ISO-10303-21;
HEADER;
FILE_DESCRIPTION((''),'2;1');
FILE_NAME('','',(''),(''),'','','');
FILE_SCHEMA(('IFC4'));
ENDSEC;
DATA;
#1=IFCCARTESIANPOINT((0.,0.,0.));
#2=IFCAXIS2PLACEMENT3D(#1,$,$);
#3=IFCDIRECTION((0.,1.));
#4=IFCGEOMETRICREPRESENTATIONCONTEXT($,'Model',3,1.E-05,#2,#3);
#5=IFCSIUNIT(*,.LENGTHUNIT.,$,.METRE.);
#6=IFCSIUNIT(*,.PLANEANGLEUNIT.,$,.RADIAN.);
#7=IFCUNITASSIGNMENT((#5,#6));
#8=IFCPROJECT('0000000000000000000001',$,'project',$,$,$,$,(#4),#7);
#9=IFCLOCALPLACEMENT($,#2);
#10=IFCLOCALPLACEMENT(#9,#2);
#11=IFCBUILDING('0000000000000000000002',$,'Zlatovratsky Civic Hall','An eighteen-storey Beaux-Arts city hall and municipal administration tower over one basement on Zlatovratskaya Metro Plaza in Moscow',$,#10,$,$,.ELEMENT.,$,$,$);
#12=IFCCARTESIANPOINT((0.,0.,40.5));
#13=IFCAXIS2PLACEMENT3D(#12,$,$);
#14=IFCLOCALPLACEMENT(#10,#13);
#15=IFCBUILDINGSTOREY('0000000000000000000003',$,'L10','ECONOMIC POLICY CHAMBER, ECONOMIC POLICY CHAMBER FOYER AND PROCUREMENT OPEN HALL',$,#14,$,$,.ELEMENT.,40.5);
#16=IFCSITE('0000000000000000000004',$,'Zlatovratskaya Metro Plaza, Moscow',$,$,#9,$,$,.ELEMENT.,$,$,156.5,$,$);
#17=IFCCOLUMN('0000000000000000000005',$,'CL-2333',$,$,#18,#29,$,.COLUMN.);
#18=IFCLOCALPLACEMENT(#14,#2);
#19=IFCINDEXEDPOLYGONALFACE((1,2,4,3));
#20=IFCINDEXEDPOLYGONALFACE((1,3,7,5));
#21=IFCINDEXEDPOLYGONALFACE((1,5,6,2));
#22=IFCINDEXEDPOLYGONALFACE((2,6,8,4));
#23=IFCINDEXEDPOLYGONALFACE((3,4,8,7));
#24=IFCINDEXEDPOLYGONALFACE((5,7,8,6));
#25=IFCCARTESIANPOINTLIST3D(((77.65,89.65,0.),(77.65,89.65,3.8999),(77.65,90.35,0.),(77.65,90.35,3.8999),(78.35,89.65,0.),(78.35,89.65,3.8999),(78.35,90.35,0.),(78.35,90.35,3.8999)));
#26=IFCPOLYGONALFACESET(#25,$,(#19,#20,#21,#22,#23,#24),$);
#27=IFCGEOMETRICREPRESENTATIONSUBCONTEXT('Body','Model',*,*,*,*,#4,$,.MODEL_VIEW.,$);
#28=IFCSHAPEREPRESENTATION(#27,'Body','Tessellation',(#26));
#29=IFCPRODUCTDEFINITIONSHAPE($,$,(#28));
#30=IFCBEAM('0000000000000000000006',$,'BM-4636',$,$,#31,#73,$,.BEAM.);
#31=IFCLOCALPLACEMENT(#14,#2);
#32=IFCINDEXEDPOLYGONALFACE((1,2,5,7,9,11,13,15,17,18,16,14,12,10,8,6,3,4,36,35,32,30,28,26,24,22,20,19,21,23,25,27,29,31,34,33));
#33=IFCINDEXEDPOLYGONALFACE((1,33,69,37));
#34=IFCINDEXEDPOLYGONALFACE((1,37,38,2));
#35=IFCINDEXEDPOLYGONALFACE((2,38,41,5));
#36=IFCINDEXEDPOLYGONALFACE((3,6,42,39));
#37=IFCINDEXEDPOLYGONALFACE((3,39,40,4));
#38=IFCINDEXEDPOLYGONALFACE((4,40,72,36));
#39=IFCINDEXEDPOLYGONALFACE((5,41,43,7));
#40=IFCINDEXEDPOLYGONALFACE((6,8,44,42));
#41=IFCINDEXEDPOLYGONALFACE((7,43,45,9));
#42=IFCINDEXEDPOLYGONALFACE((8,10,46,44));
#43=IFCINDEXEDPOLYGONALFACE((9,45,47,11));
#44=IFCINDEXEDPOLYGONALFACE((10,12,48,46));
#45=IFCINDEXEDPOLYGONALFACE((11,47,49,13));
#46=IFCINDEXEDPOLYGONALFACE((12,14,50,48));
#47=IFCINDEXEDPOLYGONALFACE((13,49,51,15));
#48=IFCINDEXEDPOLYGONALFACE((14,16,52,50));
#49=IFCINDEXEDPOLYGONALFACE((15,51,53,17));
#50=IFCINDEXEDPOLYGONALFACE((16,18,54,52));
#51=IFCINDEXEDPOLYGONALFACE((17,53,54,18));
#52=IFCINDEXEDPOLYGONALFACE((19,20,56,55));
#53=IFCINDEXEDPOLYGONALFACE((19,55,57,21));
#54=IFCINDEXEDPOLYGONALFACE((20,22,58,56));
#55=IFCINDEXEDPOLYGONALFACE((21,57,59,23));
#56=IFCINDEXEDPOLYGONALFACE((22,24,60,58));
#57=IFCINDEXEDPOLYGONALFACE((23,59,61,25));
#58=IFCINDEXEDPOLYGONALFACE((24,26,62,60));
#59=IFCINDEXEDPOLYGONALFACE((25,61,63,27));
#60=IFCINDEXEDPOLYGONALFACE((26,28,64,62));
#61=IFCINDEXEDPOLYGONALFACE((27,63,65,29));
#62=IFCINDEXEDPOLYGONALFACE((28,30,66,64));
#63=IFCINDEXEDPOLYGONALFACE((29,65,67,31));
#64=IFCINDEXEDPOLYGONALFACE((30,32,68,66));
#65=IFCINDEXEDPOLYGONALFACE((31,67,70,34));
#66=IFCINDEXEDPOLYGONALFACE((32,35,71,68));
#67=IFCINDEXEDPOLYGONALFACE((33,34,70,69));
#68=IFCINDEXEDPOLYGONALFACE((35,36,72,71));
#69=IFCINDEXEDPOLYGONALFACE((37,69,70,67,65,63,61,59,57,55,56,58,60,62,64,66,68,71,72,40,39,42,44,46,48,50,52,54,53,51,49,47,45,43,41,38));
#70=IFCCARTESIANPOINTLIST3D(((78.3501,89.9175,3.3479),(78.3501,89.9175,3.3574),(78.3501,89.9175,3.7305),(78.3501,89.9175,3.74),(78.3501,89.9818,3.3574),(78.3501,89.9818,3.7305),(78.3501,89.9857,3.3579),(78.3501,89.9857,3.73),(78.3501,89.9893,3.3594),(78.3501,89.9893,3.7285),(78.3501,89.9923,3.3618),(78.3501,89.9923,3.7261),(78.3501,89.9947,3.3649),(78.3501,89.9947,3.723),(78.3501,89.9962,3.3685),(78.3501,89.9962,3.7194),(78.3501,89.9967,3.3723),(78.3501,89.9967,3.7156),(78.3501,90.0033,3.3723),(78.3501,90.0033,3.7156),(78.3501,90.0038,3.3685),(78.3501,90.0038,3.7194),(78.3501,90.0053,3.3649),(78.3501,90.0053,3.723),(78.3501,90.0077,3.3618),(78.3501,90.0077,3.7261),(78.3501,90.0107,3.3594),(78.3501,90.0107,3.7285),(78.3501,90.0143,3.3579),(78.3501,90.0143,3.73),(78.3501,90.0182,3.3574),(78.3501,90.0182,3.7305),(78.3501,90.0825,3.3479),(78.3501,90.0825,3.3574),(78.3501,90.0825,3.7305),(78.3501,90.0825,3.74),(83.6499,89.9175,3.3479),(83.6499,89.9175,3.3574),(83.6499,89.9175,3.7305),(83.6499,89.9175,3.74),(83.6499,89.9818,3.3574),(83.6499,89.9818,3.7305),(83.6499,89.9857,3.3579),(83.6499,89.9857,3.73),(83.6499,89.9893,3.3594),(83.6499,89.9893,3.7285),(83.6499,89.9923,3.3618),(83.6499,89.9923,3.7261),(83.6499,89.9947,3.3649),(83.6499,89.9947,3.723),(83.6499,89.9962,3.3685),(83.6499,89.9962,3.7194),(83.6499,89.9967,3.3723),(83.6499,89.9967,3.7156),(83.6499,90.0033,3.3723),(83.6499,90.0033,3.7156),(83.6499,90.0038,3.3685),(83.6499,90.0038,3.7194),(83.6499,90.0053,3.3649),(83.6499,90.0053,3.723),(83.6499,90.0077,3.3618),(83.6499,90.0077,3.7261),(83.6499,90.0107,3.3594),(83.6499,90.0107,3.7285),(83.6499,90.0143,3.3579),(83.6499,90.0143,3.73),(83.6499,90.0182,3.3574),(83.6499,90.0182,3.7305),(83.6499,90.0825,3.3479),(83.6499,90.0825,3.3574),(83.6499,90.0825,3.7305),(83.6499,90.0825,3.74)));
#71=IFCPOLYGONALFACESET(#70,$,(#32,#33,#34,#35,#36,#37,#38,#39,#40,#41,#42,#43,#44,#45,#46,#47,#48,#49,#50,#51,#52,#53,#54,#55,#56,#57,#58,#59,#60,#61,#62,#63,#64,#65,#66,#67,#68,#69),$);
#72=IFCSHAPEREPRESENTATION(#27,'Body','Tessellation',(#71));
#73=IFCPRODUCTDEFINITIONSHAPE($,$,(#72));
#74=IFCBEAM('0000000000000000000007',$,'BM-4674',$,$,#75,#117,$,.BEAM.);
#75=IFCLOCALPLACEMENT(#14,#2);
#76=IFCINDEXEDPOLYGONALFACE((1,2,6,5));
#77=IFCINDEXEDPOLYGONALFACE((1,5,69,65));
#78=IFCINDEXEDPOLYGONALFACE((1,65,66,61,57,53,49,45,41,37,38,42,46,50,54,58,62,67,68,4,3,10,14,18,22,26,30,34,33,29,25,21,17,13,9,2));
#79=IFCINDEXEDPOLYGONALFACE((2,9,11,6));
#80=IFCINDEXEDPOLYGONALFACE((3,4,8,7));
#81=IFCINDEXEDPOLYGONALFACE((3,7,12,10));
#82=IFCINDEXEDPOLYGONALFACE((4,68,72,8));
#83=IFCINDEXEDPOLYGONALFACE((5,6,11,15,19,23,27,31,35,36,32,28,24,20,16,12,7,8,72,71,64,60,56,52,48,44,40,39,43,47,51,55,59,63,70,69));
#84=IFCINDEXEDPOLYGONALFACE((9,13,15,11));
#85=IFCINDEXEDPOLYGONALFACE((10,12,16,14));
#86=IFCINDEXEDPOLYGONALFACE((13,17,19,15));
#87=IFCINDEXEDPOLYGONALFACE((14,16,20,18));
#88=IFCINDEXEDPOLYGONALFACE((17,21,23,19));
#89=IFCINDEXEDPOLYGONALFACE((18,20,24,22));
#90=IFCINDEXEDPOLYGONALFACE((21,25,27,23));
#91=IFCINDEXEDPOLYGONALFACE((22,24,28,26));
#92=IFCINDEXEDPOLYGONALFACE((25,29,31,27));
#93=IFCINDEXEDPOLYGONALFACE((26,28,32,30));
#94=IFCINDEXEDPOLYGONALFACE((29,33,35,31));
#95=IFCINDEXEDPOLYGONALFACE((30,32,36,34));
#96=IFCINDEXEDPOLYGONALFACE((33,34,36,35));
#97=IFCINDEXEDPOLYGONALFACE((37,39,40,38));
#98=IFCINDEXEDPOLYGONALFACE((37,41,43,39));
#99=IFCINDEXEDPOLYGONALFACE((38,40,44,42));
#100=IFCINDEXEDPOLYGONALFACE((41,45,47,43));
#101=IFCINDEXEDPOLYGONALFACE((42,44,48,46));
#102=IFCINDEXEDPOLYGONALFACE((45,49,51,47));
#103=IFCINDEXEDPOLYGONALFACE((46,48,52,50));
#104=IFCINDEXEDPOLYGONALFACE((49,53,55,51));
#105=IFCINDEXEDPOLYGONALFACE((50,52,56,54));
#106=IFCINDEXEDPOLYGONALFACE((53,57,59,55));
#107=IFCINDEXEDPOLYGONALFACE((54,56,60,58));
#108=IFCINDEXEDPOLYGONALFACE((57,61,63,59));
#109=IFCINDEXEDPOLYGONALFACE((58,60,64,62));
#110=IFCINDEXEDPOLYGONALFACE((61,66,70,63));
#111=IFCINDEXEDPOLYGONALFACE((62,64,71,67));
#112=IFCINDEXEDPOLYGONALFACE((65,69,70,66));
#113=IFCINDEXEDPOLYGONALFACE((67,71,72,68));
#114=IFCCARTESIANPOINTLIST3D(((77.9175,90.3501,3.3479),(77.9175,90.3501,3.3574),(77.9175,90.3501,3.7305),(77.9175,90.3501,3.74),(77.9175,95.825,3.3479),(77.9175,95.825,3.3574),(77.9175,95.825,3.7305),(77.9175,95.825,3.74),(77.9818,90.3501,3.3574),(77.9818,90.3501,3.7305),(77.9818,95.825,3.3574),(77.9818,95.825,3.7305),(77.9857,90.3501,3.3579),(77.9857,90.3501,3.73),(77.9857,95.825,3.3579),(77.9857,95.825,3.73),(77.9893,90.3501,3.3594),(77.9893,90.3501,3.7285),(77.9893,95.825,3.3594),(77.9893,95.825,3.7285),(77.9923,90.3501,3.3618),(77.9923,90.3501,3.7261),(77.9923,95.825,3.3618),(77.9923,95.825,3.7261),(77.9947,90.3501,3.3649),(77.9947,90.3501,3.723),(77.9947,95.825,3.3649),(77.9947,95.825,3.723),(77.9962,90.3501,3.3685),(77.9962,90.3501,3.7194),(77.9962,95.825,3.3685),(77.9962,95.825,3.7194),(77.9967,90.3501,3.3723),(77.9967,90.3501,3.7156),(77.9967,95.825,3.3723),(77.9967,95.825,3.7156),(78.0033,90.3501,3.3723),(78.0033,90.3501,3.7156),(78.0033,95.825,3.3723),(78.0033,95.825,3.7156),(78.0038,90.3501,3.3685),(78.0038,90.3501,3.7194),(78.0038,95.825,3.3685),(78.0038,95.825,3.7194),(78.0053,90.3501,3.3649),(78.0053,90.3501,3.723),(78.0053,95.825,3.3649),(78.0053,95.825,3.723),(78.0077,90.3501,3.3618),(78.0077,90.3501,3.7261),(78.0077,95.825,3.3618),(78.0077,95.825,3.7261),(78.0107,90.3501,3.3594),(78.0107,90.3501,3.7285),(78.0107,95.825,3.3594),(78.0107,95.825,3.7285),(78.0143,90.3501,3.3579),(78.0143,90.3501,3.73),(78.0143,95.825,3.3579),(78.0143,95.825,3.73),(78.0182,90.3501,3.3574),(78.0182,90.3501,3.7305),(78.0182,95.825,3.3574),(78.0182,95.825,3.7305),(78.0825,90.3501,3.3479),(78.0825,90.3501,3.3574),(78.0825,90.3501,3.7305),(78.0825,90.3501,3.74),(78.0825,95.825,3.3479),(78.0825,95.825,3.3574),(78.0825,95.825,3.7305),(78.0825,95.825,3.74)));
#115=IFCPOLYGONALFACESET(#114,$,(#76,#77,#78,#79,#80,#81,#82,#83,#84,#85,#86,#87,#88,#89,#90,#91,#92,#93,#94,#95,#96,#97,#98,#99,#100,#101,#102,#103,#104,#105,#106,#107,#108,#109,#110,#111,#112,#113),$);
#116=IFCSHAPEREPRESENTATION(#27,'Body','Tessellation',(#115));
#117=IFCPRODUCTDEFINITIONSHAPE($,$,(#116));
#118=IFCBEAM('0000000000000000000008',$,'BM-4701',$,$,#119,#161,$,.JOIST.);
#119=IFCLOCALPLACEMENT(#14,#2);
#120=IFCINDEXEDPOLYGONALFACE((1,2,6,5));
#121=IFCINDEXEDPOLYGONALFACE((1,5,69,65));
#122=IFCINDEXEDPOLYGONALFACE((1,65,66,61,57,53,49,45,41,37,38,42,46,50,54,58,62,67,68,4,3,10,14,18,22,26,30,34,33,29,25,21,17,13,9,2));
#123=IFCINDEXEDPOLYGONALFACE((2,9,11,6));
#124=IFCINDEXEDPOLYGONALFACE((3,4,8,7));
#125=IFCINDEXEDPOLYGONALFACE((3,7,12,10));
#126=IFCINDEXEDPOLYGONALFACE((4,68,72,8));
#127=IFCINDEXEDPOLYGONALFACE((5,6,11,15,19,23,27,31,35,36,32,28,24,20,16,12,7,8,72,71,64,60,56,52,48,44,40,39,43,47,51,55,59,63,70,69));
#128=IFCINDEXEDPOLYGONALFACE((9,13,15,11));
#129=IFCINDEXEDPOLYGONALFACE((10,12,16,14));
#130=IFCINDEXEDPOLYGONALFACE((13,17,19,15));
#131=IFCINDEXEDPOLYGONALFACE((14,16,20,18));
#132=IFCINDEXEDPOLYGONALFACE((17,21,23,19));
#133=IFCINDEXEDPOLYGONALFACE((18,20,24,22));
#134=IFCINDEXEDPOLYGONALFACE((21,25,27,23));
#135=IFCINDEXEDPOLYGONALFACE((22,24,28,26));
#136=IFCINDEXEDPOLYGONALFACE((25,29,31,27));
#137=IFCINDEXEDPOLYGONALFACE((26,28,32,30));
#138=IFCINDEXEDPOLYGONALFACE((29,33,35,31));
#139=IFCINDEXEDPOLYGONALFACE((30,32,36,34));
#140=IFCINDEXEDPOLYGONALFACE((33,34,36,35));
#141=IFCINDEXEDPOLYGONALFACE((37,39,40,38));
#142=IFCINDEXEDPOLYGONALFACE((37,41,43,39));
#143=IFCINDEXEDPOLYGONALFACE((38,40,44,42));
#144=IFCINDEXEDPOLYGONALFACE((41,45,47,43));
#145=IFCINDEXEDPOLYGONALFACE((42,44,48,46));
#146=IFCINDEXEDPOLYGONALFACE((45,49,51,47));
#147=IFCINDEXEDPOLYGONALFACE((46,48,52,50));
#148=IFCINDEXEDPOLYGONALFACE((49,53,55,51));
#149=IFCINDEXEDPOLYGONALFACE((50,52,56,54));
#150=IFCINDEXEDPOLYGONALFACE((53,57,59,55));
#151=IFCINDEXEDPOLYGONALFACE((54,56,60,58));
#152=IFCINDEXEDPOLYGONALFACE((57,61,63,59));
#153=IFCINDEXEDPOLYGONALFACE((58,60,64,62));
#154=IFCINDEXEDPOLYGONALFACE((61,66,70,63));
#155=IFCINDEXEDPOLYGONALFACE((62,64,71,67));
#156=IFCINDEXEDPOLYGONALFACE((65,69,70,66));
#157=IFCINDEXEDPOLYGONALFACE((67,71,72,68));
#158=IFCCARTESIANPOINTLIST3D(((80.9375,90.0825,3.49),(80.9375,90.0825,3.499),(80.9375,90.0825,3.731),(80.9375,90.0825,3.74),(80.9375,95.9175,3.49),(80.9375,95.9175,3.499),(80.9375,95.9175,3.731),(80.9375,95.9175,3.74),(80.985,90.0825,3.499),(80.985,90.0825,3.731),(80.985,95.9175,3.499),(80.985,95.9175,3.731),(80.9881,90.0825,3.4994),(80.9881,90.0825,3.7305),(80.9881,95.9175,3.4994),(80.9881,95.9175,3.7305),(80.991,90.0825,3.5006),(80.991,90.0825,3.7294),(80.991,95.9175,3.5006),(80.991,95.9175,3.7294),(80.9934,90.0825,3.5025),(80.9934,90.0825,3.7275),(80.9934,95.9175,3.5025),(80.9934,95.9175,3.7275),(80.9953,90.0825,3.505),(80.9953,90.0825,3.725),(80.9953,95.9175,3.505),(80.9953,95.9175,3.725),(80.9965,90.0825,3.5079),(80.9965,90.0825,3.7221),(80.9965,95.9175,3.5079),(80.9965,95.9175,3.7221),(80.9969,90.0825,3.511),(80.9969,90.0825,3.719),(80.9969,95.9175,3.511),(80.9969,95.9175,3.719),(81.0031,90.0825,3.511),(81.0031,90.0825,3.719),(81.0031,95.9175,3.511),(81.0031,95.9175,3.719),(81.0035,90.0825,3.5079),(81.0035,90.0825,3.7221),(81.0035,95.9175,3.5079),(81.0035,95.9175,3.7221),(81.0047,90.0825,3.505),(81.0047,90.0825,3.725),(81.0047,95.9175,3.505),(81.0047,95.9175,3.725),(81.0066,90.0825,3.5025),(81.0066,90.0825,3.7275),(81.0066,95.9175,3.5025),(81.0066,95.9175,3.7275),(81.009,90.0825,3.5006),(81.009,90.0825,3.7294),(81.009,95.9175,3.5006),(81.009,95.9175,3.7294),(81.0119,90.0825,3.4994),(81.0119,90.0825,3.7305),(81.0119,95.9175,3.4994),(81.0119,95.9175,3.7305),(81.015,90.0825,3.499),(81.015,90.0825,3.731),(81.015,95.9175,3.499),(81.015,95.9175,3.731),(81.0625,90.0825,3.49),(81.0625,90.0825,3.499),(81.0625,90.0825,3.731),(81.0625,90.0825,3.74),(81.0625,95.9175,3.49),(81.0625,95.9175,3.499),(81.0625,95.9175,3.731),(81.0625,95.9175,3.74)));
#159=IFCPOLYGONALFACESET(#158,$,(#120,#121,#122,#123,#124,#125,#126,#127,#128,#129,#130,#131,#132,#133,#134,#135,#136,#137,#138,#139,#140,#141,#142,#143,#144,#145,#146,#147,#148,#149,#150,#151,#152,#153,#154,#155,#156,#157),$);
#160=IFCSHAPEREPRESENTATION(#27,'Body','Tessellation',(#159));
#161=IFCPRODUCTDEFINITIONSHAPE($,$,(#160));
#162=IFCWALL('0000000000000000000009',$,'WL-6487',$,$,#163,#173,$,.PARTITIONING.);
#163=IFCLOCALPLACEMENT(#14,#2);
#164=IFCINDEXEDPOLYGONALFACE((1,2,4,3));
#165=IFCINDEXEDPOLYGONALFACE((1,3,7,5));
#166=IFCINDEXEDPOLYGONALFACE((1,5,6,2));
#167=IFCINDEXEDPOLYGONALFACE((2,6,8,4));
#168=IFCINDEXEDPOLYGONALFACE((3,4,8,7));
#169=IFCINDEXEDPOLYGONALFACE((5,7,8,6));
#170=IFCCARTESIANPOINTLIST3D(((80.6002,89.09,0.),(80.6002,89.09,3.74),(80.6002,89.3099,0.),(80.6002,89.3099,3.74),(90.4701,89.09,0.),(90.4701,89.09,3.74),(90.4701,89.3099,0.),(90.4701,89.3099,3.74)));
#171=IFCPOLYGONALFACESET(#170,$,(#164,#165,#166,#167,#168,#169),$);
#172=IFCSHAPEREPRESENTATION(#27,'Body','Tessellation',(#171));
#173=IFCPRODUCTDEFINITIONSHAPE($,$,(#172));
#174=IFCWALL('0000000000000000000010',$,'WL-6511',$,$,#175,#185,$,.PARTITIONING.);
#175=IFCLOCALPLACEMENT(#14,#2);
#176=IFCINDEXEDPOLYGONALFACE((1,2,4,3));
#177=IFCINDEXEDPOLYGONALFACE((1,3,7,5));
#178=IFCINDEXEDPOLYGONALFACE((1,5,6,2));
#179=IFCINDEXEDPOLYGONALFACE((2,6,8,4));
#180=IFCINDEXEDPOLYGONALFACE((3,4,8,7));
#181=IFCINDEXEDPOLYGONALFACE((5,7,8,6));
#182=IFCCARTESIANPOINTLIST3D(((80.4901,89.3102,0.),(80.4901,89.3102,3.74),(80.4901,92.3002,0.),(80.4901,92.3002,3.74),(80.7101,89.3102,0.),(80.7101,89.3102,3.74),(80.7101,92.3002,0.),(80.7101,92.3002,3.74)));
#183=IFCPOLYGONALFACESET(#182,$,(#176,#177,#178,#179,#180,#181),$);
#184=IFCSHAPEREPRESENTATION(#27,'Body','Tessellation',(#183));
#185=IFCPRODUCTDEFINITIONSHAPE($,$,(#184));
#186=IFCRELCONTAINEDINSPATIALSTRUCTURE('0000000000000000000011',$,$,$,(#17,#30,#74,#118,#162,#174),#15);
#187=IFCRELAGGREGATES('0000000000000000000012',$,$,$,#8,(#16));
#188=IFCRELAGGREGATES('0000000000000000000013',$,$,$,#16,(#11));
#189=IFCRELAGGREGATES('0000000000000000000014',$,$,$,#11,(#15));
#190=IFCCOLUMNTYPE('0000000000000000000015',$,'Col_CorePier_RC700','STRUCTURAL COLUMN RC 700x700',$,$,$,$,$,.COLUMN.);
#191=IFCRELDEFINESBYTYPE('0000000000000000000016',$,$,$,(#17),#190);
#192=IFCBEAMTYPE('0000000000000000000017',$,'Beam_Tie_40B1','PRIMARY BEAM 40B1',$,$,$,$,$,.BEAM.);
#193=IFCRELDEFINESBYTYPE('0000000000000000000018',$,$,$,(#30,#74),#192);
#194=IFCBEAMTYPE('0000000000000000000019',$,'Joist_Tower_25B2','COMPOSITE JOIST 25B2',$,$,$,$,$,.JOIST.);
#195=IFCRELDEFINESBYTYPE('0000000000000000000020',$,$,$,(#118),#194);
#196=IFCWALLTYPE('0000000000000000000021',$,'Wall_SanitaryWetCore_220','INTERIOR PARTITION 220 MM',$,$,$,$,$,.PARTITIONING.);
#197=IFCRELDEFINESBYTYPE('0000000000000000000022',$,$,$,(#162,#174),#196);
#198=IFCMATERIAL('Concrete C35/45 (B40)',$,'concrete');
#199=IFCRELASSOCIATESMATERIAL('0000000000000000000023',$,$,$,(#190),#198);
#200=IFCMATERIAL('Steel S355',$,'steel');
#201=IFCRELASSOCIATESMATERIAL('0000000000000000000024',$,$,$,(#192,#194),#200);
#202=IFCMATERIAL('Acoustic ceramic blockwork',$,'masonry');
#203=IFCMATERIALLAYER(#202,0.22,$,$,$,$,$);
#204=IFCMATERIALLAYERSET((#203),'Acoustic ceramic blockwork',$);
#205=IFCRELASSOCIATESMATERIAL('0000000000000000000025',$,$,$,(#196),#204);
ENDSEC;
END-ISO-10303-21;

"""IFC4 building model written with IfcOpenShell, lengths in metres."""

from ifc_helpers import new_model, si_unit, direction, frame, frame_2d, origin, origin_2d, place, context, subcontext, project, spatial, rectangle, i_section, extrude, material, layer, layer_set, material_profile, profile_set, type_object, element, save


model = new_model("IFC4")

# Units and contexts
model_context = context("Model", 3, precision=1e-05, world=origin(), true_north=direction((0.0, 1.0)))
body_context = subcontext(model_context, "Body", "Model", "MODEL_VIEW")
ifc_project = project(units=[si_unit("LENGTHUNIT", "METRE"), si_unit("PLANEANGLEUNIT", "RADIAN")], contexts=[model_context])

# Site, building, storey
site_placement = place(None, origin())
site = spatial("IfcSite", under=ifc_project, at=site_placement, Name="Zlatovratskaya Metro Plaza, Moscow", CompositionType="ELEMENT", RefElevation=156.5)
building_placement = place(site_placement, origin())
building = spatial("IfcBuilding", under=site, at=building_placement, Name="Zlatovratsky Civic Hall", Description="An eighteen-storey Beaux-Arts city hall and municipal administration tower over one basement on Zlatovratskaya Metro Plaza in Moscow", CompositionType="ELEMENT")
storey_placement = place(building_placement, frame((0.0, 0.0, 40.5)))
storey = spatial("IfcBuildingStorey", under=building, at=storey_placement, Name="L10", Description="ECONOMIC POLICY CHAMBER, ECONOMIC POLICY CHAMBER FOYER AND PROCUREMENT OPEN HALL", CompositionType="ELEMENT", Elevation=40.5)

# Column
ifc_material_1 = material(Name="Concrete C35/45 (B40)", Category="concrete")
ifc_material_profile_1 = material_profile(ifc_material_1, rectangle(XDim=0.7, YDim=0.7, at=origin_2d()), Name="RC 700x700")
ifc_profile_set_1 = profile_set([ifc_material_profile_1], Name="Concrete C35/45 (B40)")
column_type = type_object("IfcColumnType", Name="Col_CorePier_RC700", Description="STRUCTURAL COLUMN RC 700x700", PredefinedType="COLUMN", material=ifc_profile_set_1)
column_placement = place(storey_placement, frame((78.0, 90.0, 0.0), z_axis=(0.0, 0.0, 1.0), x_axis=(1.0, 0.0, 0.0)))
element("IfcColumn", 1, at=column_placement, inside=storey, type_object=column_type, Name="CL-2333", PredefinedType="COLUMN", context=body_context, shape_type="SweptSolid", body=[
    extrude(rectangle(XDim=0.7, YDim=0.7, at=origin_2d()), origin(), (0.0, 0.0, 1.0), 3.8999),
])

# Beams
ifc_material_2 = material(Name="Steel S355", Category="steel")
ifc_material_profile_2 = material_profile(ifc_material_2, i_section(OverallWidth=0.165, OverallDepth=0.3921, WebThickness=0.0066, FlangeThickness=0.0095, FilletRadius=0.0149, at=origin_2d()), Name="40B1")
ifc_profile_set_2 = profile_set([ifc_material_profile_2], Name="Steel S355")
beam_type_1 = type_object("IfcBeamType", Name="Beam_Tie_40B1", Description="PRIMARY BEAM 40B1", PredefinedType="BEAM", material=ifc_profile_set_2)
beam_1_placement = place(storey_placement, frame((78.3501, 90.0, 3.5439), z_axis=(1.0, 0.0, 0.0), x_axis=(0.0, 1.0, 0.0)))
element("IfcBeam", 2, at=beam_1_placement, inside=storey, type_object=beam_type_1, Name="BM-4636", PredefinedType="BEAM", context=body_context, shape_type="SweptSolid", body=[
    extrude(i_section(OverallWidth=0.165, OverallDepth=0.3921, WebThickness=0.0066, FlangeThickness=0.0095, FilletRadius=0.0149, at=origin_2d()), origin(), (0.0, 0.0, 1.0), 5.2998),
])
beam_2_placement = place(storey_placement, frame((78.0, 90.3501, 3.5439), z_axis=(0.0, 1.0, 0.0), x_axis=(-1.0, 0.0, 0.0)))
element("IfcBeam", 3, at=beam_2_placement, inside=storey, type_object=beam_type_1, Name="BM-4674", PredefinedType="BEAM", context=body_context, shape_type="SweptSolid", body=[
    extrude(i_section(OverallWidth=0.165, OverallDepth=0.3921, WebThickness=0.0066, FlangeThickness=0.0095, FilletRadius=0.0149, at=origin_2d()), origin(), (0.0, 0.0, 1.0), 5.4749),
])
ifc_material_profile_3 = material_profile(ifc_material_2, i_section(OverallWidth=0.125, OverallDepth=0.25, WebThickness=0.0061, FlangeThickness=0.009, FilletRadius=0.012, at=origin_2d()), Name="25B2")
ifc_profile_set_3 = profile_set([ifc_material_profile_3], Name="Steel S355")
beam_type_2 = type_object("IfcBeamType", Name="Joist_Tower_25B2", Description="COMPOSITE JOIST 25B2", PredefinedType="JOIST", material=ifc_profile_set_3)
beam_3_placement = place(storey_placement, frame((81.0, 90.0825, 3.615), z_axis=(0.0, 1.0, 0.0), x_axis=(-1.0, 0.0, 0.0)))
element("IfcBeam", 4, at=beam_3_placement, inside=storey, type_object=beam_type_2, Name="BM-4701", PredefinedType="JOIST", context=body_context, shape_type="SweptSolid", body=[
    extrude(i_section(OverallWidth=0.125, OverallDepth=0.25, WebThickness=0.0061, FlangeThickness=0.009, FilletRadius=0.012, at=origin_2d()), origin(), (0.0, 0.0, 1.0), 5.835),
])

# Walls
ifc_material_3 = material(Name="Acoustic ceramic blockwork", Category="masonry")
ifc_layer_1 = layer(ifc_material_3, 0.22)
ifc_layer_set_1 = layer_set([ifc_layer_1], Name="Acoustic ceramic blockwork")
wall_type_1 = type_object("IfcWallType", Name="Wall_SanitaryWetCore_220", Description="INTERIOR PARTITION 220 MM", PredefinedType="PARTITIONING", material=ifc_layer_set_1)
wall_1_placement = place(storey_placement, frame((80.6001, 89.2, 0.0), z_axis=(0.0, 0.0, 1.0), x_axis=(1.0, 0.0, 0.0)))
element("IfcWall", 5, at=wall_1_placement, inside=storey, type_object=wall_type_1, Name="WL-6487", PredefinedType="PARTITIONING", context=body_context, shape_type="SweptSolid", body=[
    extrude(rectangle(XDim=9.8699, YDim=0.22, at=frame_2d((4.9351, 0.0))), origin(), (0.0, 0.0, 1.0), 3.74),
])
wall_2_placement = place(storey_placement, frame((80.6001, 89.3101, 0.0), z_axis=(0.0, 0.0, 1.0), x_axis=(0.0, 1.0, 0.0)))
element("IfcWall", 6, at=wall_2_placement, inside=storey, type_object=wall_type_1, Name="WL-6511", PredefinedType="PARTITIONING", context=body_context, shape_type="SweptSolid", body=[
    extrude(rectangle(XDim=2.99, YDim=0.22, at=frame_2d((1.4951, 0.0))), origin(), (0.0, 0.0, 1.0), 3.74),
])

save(model, "model.ifc")
